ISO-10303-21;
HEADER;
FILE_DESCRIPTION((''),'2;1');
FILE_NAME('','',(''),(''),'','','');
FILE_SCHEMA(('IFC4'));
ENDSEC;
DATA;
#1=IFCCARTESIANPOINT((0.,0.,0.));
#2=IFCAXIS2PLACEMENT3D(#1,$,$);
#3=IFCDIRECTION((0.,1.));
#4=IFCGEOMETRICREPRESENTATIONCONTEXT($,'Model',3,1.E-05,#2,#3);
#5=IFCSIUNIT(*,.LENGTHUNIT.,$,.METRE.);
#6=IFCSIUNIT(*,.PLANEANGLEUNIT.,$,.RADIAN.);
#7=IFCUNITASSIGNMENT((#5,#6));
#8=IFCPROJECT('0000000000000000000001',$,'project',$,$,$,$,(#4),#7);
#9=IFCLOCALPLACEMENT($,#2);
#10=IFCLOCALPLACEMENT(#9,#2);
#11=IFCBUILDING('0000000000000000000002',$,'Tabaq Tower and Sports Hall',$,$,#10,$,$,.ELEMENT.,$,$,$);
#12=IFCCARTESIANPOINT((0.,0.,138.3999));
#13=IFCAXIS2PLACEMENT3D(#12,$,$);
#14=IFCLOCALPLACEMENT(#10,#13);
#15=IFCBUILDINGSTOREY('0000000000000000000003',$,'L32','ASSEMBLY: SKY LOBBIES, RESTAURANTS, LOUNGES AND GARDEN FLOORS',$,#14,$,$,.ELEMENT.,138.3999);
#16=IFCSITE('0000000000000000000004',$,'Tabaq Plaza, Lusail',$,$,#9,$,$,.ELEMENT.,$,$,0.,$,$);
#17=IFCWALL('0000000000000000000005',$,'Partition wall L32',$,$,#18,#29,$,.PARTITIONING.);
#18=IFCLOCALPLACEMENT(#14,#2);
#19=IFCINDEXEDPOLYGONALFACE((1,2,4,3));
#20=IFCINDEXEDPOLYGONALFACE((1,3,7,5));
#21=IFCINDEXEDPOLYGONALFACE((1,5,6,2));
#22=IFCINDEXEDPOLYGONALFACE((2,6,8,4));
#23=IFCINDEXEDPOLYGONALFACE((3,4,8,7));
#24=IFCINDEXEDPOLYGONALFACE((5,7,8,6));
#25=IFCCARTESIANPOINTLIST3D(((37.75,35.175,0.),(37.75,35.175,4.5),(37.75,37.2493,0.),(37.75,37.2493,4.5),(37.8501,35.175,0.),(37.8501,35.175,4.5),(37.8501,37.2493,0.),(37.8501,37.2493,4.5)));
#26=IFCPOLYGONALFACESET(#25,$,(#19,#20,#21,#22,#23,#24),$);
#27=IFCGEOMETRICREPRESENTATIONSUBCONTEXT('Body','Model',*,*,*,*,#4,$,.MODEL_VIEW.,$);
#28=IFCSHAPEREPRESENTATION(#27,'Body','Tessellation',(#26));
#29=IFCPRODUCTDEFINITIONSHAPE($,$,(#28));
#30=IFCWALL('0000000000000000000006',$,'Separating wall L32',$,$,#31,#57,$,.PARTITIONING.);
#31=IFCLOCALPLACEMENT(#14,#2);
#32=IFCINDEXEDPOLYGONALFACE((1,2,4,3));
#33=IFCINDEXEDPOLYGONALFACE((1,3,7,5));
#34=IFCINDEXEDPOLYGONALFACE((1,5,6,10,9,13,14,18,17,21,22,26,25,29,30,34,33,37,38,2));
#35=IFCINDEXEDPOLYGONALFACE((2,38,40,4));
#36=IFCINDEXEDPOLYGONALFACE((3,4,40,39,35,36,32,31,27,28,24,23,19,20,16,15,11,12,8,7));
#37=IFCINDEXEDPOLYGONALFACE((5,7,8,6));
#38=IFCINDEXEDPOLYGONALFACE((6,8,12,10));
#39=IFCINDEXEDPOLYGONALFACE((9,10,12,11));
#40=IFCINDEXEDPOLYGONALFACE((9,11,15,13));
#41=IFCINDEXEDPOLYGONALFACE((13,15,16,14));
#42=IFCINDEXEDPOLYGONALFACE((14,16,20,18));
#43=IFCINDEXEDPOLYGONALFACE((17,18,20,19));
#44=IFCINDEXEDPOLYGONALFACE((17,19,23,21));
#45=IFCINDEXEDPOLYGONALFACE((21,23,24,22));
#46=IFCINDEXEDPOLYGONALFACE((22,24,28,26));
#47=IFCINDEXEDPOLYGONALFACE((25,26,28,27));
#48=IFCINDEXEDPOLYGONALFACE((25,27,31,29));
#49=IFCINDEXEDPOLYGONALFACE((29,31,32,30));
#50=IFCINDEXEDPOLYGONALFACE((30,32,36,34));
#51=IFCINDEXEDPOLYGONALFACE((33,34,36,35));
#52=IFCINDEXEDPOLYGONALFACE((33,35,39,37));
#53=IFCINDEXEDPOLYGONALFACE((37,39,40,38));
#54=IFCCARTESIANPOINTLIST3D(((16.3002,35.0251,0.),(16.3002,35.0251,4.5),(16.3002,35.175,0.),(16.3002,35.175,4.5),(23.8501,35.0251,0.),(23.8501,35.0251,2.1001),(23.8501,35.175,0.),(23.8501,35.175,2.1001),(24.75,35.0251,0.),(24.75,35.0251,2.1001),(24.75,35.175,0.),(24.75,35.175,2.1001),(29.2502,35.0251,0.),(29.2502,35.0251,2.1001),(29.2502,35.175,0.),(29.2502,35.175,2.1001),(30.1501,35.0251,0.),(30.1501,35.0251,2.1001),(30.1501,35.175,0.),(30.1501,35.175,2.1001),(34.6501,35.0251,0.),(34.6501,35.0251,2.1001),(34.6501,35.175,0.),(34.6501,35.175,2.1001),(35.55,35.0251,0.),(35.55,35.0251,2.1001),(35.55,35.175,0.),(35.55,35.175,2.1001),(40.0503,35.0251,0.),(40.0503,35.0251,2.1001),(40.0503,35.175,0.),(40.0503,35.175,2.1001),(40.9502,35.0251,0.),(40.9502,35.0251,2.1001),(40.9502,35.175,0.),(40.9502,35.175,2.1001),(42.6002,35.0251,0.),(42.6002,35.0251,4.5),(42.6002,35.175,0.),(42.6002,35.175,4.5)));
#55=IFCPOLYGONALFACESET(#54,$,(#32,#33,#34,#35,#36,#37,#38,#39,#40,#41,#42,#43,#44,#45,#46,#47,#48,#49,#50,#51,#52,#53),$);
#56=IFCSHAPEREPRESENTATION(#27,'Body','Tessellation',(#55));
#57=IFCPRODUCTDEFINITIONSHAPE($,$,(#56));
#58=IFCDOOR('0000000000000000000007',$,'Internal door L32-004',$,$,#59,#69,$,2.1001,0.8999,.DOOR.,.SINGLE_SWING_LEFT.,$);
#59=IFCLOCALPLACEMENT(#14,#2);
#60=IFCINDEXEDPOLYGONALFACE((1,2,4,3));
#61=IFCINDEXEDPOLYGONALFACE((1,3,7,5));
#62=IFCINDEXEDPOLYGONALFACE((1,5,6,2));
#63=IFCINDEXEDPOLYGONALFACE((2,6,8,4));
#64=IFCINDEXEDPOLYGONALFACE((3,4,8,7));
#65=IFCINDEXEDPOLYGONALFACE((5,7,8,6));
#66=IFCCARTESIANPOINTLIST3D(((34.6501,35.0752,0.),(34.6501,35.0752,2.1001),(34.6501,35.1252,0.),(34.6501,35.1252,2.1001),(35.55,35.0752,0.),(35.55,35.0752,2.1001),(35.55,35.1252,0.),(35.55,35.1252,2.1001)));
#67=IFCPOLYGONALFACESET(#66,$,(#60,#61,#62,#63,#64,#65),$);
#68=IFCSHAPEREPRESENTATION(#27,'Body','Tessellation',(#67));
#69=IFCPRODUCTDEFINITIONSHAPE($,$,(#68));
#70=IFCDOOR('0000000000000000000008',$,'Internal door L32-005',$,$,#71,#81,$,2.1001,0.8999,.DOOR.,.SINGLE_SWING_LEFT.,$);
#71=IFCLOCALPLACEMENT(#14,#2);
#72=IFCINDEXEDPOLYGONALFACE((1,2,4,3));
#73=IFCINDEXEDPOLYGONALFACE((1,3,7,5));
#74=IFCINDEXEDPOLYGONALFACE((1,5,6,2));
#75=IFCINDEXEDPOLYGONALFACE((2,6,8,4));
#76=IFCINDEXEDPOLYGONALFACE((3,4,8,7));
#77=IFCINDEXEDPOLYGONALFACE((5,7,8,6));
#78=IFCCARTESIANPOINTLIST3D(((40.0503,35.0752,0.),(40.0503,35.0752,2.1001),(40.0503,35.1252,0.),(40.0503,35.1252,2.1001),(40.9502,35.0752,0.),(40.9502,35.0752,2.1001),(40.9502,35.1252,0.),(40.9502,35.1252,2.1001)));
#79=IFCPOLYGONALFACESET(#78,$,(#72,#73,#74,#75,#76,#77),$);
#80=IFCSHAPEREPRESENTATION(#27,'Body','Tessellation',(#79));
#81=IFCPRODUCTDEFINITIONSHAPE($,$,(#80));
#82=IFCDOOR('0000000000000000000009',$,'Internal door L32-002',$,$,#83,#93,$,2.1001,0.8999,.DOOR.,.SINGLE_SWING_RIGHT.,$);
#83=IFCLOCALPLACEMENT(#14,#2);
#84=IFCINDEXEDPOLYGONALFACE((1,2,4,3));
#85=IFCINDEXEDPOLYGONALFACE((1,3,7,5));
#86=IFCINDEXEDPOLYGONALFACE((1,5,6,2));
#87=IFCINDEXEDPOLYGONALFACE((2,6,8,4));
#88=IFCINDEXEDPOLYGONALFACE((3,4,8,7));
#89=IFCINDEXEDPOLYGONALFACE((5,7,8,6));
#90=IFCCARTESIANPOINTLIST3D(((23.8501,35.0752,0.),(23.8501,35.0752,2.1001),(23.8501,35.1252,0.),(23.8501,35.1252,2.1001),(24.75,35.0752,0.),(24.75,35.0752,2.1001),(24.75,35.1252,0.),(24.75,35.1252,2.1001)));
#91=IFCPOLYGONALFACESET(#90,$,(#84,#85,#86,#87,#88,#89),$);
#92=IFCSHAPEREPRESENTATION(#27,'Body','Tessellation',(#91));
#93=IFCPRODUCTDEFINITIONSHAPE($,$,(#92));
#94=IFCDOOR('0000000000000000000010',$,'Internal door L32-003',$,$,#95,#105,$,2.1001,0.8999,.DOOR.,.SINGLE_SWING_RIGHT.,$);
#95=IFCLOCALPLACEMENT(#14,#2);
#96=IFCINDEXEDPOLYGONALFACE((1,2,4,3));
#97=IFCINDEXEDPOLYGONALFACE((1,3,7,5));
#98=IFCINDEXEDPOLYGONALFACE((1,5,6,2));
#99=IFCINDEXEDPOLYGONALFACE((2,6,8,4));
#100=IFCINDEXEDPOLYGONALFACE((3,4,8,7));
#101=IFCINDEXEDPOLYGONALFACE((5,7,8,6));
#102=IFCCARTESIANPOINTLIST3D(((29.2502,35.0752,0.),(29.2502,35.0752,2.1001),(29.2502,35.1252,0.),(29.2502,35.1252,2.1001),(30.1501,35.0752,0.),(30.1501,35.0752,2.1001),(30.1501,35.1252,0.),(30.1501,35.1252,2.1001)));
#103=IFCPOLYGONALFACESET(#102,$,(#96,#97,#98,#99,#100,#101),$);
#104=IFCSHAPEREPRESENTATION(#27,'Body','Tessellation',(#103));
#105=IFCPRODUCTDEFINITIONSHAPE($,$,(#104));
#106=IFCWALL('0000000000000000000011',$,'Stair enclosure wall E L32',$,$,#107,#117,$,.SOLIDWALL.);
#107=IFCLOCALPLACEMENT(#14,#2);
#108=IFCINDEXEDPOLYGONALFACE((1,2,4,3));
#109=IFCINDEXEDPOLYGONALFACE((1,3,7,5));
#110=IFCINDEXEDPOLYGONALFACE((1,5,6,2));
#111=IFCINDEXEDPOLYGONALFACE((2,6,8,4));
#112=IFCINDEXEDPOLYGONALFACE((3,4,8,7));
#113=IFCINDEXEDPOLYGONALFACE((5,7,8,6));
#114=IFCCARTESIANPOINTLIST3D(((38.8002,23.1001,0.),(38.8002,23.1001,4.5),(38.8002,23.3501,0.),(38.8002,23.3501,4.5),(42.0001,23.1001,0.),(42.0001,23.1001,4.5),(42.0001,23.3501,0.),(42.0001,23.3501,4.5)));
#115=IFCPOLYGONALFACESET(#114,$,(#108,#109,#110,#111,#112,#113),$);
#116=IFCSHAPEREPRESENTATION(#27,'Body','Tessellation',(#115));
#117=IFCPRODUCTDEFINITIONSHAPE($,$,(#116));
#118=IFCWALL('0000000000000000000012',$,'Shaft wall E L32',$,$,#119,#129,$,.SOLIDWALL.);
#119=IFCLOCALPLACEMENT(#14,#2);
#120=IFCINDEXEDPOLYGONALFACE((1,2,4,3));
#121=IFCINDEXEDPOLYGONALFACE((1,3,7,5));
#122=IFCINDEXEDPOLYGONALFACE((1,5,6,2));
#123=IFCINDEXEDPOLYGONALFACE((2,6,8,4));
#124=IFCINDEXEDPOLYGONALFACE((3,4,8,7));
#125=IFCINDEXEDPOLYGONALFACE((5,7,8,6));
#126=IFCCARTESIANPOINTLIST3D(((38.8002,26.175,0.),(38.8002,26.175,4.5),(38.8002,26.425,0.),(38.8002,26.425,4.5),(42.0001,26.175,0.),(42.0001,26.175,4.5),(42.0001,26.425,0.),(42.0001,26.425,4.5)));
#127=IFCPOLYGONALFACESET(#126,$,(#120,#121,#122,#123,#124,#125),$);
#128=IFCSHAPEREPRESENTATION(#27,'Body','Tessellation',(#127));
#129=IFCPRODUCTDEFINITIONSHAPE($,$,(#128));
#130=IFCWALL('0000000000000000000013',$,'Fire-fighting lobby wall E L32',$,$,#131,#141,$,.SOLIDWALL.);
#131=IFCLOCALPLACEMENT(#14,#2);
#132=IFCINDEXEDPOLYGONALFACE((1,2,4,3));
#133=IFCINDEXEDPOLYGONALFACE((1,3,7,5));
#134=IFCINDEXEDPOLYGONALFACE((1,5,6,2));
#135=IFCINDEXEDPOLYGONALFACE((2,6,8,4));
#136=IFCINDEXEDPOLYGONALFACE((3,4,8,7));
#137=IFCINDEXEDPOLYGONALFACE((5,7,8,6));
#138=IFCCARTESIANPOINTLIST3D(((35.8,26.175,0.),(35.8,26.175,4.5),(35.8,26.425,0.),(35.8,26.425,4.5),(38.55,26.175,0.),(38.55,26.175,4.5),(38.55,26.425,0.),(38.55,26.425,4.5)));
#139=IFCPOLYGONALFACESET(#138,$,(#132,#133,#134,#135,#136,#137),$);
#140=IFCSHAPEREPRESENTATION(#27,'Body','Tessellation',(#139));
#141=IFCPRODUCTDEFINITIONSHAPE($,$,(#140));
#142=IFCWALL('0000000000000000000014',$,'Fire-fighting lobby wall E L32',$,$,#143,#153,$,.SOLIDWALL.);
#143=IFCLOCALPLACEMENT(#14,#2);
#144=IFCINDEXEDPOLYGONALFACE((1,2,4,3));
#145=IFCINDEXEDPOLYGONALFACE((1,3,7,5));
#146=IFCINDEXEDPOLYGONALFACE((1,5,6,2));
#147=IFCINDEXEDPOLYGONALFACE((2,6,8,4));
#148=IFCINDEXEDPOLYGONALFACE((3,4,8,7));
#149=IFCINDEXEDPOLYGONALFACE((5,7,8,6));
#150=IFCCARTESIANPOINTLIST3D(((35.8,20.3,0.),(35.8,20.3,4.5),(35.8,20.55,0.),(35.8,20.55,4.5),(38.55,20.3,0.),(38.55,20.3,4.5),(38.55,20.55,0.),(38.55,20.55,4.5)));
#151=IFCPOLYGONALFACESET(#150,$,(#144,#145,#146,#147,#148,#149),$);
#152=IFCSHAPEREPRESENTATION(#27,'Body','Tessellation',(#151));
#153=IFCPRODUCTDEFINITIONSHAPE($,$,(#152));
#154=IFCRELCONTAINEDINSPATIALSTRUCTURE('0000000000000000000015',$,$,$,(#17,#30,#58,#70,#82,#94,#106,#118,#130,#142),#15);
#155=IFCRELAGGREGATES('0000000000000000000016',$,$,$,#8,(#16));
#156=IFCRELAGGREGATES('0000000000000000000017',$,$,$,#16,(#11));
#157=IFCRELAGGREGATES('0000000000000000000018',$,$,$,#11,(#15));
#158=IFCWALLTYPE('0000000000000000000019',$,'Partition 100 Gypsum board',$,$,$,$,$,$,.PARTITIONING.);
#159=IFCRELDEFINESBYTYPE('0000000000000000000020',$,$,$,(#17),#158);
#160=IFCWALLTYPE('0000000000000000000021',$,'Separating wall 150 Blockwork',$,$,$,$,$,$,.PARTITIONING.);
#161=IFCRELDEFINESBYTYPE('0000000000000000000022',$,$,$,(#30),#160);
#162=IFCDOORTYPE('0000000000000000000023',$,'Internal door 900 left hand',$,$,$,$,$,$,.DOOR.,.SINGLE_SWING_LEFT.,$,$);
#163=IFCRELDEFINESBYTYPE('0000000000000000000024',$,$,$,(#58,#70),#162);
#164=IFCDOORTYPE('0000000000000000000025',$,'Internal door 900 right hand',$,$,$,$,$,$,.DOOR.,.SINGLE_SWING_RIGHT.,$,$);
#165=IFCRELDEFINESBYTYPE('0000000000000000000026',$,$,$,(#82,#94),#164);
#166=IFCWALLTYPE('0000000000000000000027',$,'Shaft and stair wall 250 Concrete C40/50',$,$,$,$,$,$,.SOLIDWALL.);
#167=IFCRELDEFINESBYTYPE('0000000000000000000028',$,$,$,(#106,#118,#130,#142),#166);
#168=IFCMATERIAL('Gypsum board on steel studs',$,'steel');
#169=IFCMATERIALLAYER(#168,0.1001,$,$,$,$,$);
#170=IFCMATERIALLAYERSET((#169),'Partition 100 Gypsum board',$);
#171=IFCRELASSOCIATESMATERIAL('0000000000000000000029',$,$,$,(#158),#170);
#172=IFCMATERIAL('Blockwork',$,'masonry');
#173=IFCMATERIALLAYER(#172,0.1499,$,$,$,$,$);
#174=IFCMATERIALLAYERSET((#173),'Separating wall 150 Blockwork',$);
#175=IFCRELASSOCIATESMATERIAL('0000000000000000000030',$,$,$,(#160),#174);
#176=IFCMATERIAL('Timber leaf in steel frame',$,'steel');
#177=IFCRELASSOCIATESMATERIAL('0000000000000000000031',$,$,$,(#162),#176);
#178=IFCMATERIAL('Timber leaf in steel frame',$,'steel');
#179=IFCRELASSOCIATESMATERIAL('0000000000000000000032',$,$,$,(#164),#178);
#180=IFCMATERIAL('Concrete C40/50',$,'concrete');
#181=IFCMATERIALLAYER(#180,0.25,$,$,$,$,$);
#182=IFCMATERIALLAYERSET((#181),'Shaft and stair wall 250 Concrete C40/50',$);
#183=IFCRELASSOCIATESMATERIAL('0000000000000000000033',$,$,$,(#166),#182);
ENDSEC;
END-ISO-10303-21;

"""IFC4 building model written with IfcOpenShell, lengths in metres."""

from ifc_helpers import new_model, si_unit, direction, frame, frame_2d, origin, place, context, subcontext, project, spatial, rectangle, extrude, material, layer, layer_set, type_object, element, fill, save


model = new_model("IFC4")

# Units and contexts
model_context = context("Model", 3, precision=1e-05, world=origin(), true_north=direction((0.0, 1.0)))
body_context = subcontext(model_context, "Body", "Model", "MODEL_VIEW")
ifc_project = project(units=[si_unit("LENGTHUNIT", "METRE"), si_unit("PLANEANGLEUNIT", "RADIAN")], contexts=[model_context])

# Site, building, storey
site_placement = place(None, origin())
site = spatial("IfcSite", under=ifc_project, at=site_placement, Name="Tabaq Plaza, Lusail", CompositionType="ELEMENT", RefElevation=0.0)
building_placement = place(site_placement, origin())
building = spatial("IfcBuilding", under=site, at=building_placement, Name="Tabaq Tower and Sports Hall", CompositionType="ELEMENT")
storey_placement = place(building_placement, frame((0.0, 0.0, 138.3999)))
storey = spatial("IfcBuildingStorey", under=building, at=storey_placement, Name="L32", Description="ASSEMBLY: SKY LOBBIES, RESTAURANTS, LOUNGES AND GARDEN FLOORS", CompositionType="ELEMENT", Elevation=138.3999)

# Wall
ifc_material_1 = material(Name="Gypsum board on steel studs", Category="steel")
ifc_layer_1 = layer(ifc_material_1, 0.1001)
ifc_layer_set_1 = layer_set([ifc_layer_1], Name="Partition 100 Gypsum board")
wall_type_1 = type_object("IfcWallType", Name="Partition 100 Gypsum board", PredefinedType="PARTITIONING", material=ifc_layer_set_1)
wall_1_placement = place(storey_placement, frame((37.8, 35.175, 0.0), z_axis=(0.0, 0.0, 1.0), x_axis=(0.0, 1.0, 0.0)))
element("IfcWall", 1, at=wall_1_placement, inside=storey, type_object=wall_type_1, Name="Partition wall L32", PredefinedType="PARTITIONING", context=body_context, shape_type="SweptSolid", body=[
    extrude(rectangle(XDim=2.0742, YDim=0.1001, at=frame_2d((1.0371, 0.0))), origin(), (0.0, 0.0, 1.0), 4.5),
])

# Wall, openings, doors
ifc_material_2 = material(Name="Blockwork", Category="masonry")
ifc_layer_2 = layer(ifc_material_2, 0.1499)
ifc_layer_set_2 = layer_set([ifc_layer_2], Name="Separating wall 150 Blockwork")
wall_type_2 = type_object("IfcWallType", Name="Separating wall 150 Blockwork", PredefinedType="PARTITIONING", material=ifc_layer_set_2)
wall_2_placement = place(storey_placement, frame((42.6001, 35.1001, 0.0), z_axis=(0.0, 0.0, 1.0), x_axis=(-1.0, 0.0, 0.0)))
wall_2 = element("IfcWall", 2, at=wall_2_placement, inside=storey, type_object=wall_type_2, Name="Separating wall L32", PredefinedType="PARTITIONING", context=body_context, shape_type="SweptSolid", body=[
    extrude(rectangle(XDim=26.3, YDim=0.1499, at=frame_2d((13.1499, 0.0))), origin(), (0.0, 0.0, 1.0), 4.5),
])
opening_1_placement = place(wall_2_placement, frame((17.8501, 0.0, 0.0)))
opening_1 = element("IfcOpeningElement", 3, at=opening_1_placement, cuts=wall_2, PredefinedType="OPENING", context=body_context, shape_type="SweptSolid", body=[
    extrude(rectangle(XDim=0.8999, YDim=2.1001, at=frame_2d((0.45, 1.05))), frame((0.0, 0.075, 0.0), z_axis=(0.0, -1.0, 0.0), x_axis=(1.0, 0.0, 0.0)), (0.0, 0.0, 1.0), 0.1499),
])
opening_2_placement = place(wall_2_placement, frame((12.45, 0.0, 0.0)))
opening_2 = element("IfcOpeningElement", 4, at=opening_2_placement, cuts=wall_2, PredefinedType="OPENING", context=body_context, shape_type="SweptSolid", body=[
    extrude(rectangle(XDim=0.8999, YDim=2.1001, at=frame_2d((0.45, 1.05))), frame((0.0, 0.075, 0.0), z_axis=(0.0, -1.0, 0.0), x_axis=(1.0, 0.0, 0.0)), (0.0, 0.0, 1.0), 0.1499),
])
opening_3_placement = place(wall_2_placement, frame((7.05, 0.0, 0.0)))
opening_3 = element("IfcOpeningElement", 5, at=opening_3_placement, cuts=wall_2, PredefinedType="OPENING", context=body_context, shape_type="SweptSolid", body=[
    extrude(rectangle(XDim=0.8999, YDim=2.1001, at=frame_2d((0.45, 1.05))), frame((0.0, 0.075, 0.0), z_axis=(0.0, -1.0, 0.0), x_axis=(1.0, 0.0, 0.0)), (0.0, 0.0, 1.0), 0.1499),
])
opening_4_placement = place(wall_2_placement, frame((1.6499, 0.0, 0.0)))
opening_4 = element("IfcOpeningElement", 6, at=opening_4_placement, cuts=wall_2, PredefinedType="OPENING", context=body_context, shape_type="SweptSolid", body=[
    extrude(rectangle(XDim=0.8999, YDim=2.1001, at=frame_2d((0.45, 1.05))), frame((0.0, 0.075, 0.0), z_axis=(0.0, -1.0, 0.0), x_axis=(1.0, 0.0, 0.0)), (0.0, 0.0, 1.0), 0.1499),
])
ifc_material_3 = material(Name="Timber leaf in steel frame", Category="steel")
door_type_1 = type_object("IfcDoorType", Name="Internal door 900 left hand", OperationType="SINGLE_SWING_LEFT", PredefinedType="DOOR", material=ifc_material_3)
door_1_placement = place(opening_3_placement, origin())
door_1 = element("IfcDoor", 7, at=door_1_placement, inside=storey, type_object=door_type_1, Name="Internal door L32-004", OperationType="SINGLE_SWING_LEFT", OverallHeight=2.1001, OverallWidth=0.8999, PredefinedType="DOOR", context=body_context, shape_type="SweptSolid", body=[
    extrude(rectangle(XDim=0.8999, YDim=2.1001, at=frame_2d((0.45, 1.05))), frame((0.0, 0.0249, 0.0), z_axis=(0.0, -1.0, 0.0), x_axis=(1.0, 0.0, 0.0)), (0.0, 0.0, 1.0), 0.05),
])
fill(opening_3, door_1)
door_2_placement = place(opening_4_placement, origin())
door_2 = element("IfcDoor", 8, at=door_2_placement, inside=storey, type_object=door_type_1, Name="Internal door L32-005", OperationType="SINGLE_SWING_LEFT", OverallHeight=2.1001, OverallWidth=0.8999, PredefinedType="DOOR", context=body_context, shape_type="SweptSolid", body=[
    extrude(rectangle(XDim=0.8999, YDim=2.1001, at=frame_2d((0.45, 1.05))), frame((0.0, 0.0249, 0.0), z_axis=(0.0, -1.0, 0.0), x_axis=(1.0, 0.0, 0.0)), (0.0, 0.0, 1.0), 0.05),
])
fill(opening_4, door_2)
ifc_material_4 = material(Name="Timber leaf in steel frame", Category="steel")
door_type_2 = type_object("IfcDoorType", Name="Internal door 900 right hand", OperationType="SINGLE_SWING_RIGHT", PredefinedType="DOOR", material=ifc_material_4)
door_3_placement = place(opening_1_placement, origin())
door_3 = element("IfcDoor", 9, at=door_3_placement, inside=storey, type_object=door_type_2, Name="Internal door L32-002", OperationType="SINGLE_SWING_RIGHT", OverallHeight=2.1001, OverallWidth=0.8999, PredefinedType="DOOR", context=body_context, shape_type="SweptSolid", body=[
    extrude(rectangle(XDim=0.8999, YDim=2.1001, at=frame_2d((0.45, 1.05))), frame((0.0, 0.0249, 0.0), z_axis=(0.0, -1.0, 0.0), x_axis=(1.0, 0.0, 0.0)), (0.0, 0.0, 1.0), 0.05),
])
fill(opening_1, door_3)
door_4_placement = place(opening_2_placement, origin())
door_4 = element("IfcDoor", 10, at=door_4_placement, inside=storey, type_object=door_type_2, Name="Internal door L32-003", OperationType="SINGLE_SWING_RIGHT", OverallHeight=2.1001, OverallWidth=0.8999, PredefinedType="DOOR", context=body_context, shape_type="SweptSolid", body=[
    extrude(rectangle(XDim=0.8999, YDim=2.1001, at=frame_2d((0.45, 1.05))), frame((0.0, 0.0249, 0.0), z_axis=(0.0, -1.0, 0.0), x_axis=(1.0, 0.0, 0.0)), (0.0, 0.0, 1.0), 0.05),
])
fill(opening_2, door_4)

# Walls
ifc_material_5 = material(Name="Concrete C40/50", Category="concrete")
ifc_layer_3 = layer(ifc_material_5, 0.25)
ifc_layer_set_3 = layer_set([ifc_layer_3], Name="Shaft and stair wall 250 Concrete C40/50")
wall_type_3 = type_object("IfcWallType", Name="Shaft and stair wall 250 Concrete C40/50", PredefinedType="SOLIDWALL", material=ifc_layer_set_3)
for number, where, z_axis, x_axis, name in (
    (11, (38.8, 23.2251, 0.0), (0.0, 0.0, 1.0), (1.0, 0.0, 0.0), "Stair enclosure wall E L32"),
    (12, (38.8, 26.3, 0.0), (0.0, 0.0, 1.0), (1.0, 0.0, 0.0), "Shaft wall E L32"),
):
    element("IfcWall", number, at=place(storey_placement, frame(where, z_axis=z_axis, x_axis=x_axis)), inside=storey, type_object=wall_type_3, Name=name, PredefinedType="SOLIDWALL", context=body_context, shape_type="SweptSolid", body=[
        extrude(rectangle(XDim=3.2, YDim=0.25, at=frame_2d((1.6001, 0.0))), origin(), (0.0, 0.0, 1.0), 4.5),
    ])
for number, where, z_axis, x_axis, name in (
    (13, (35.8, 26.3, 0.0), (0.0, 0.0, 1.0), (1.0, 0.0, 0.0), "Fire-fighting lobby wall E L32"),
    (14, (35.8, 20.425, 0.0), (0.0, 0.0, 1.0), (1.0, 0.0, 0.0), "Fire-fighting lobby wall E L32"),
):
    element("IfcWall", number, at=place(storey_placement, frame(where, z_axis=z_axis, x_axis=x_axis)), inside=storey, type_object=wall_type_3, Name=name, PredefinedType="SOLIDWALL", context=body_context, shape_type="SweptSolid", body=[
        extrude(rectangle(XDim=2.75, YDim=0.25, at=frame_2d((1.375, 0.0))), origin(), (0.0, 0.0, 1.0), 4.5),
    ])

save(model, "model.ifc")
